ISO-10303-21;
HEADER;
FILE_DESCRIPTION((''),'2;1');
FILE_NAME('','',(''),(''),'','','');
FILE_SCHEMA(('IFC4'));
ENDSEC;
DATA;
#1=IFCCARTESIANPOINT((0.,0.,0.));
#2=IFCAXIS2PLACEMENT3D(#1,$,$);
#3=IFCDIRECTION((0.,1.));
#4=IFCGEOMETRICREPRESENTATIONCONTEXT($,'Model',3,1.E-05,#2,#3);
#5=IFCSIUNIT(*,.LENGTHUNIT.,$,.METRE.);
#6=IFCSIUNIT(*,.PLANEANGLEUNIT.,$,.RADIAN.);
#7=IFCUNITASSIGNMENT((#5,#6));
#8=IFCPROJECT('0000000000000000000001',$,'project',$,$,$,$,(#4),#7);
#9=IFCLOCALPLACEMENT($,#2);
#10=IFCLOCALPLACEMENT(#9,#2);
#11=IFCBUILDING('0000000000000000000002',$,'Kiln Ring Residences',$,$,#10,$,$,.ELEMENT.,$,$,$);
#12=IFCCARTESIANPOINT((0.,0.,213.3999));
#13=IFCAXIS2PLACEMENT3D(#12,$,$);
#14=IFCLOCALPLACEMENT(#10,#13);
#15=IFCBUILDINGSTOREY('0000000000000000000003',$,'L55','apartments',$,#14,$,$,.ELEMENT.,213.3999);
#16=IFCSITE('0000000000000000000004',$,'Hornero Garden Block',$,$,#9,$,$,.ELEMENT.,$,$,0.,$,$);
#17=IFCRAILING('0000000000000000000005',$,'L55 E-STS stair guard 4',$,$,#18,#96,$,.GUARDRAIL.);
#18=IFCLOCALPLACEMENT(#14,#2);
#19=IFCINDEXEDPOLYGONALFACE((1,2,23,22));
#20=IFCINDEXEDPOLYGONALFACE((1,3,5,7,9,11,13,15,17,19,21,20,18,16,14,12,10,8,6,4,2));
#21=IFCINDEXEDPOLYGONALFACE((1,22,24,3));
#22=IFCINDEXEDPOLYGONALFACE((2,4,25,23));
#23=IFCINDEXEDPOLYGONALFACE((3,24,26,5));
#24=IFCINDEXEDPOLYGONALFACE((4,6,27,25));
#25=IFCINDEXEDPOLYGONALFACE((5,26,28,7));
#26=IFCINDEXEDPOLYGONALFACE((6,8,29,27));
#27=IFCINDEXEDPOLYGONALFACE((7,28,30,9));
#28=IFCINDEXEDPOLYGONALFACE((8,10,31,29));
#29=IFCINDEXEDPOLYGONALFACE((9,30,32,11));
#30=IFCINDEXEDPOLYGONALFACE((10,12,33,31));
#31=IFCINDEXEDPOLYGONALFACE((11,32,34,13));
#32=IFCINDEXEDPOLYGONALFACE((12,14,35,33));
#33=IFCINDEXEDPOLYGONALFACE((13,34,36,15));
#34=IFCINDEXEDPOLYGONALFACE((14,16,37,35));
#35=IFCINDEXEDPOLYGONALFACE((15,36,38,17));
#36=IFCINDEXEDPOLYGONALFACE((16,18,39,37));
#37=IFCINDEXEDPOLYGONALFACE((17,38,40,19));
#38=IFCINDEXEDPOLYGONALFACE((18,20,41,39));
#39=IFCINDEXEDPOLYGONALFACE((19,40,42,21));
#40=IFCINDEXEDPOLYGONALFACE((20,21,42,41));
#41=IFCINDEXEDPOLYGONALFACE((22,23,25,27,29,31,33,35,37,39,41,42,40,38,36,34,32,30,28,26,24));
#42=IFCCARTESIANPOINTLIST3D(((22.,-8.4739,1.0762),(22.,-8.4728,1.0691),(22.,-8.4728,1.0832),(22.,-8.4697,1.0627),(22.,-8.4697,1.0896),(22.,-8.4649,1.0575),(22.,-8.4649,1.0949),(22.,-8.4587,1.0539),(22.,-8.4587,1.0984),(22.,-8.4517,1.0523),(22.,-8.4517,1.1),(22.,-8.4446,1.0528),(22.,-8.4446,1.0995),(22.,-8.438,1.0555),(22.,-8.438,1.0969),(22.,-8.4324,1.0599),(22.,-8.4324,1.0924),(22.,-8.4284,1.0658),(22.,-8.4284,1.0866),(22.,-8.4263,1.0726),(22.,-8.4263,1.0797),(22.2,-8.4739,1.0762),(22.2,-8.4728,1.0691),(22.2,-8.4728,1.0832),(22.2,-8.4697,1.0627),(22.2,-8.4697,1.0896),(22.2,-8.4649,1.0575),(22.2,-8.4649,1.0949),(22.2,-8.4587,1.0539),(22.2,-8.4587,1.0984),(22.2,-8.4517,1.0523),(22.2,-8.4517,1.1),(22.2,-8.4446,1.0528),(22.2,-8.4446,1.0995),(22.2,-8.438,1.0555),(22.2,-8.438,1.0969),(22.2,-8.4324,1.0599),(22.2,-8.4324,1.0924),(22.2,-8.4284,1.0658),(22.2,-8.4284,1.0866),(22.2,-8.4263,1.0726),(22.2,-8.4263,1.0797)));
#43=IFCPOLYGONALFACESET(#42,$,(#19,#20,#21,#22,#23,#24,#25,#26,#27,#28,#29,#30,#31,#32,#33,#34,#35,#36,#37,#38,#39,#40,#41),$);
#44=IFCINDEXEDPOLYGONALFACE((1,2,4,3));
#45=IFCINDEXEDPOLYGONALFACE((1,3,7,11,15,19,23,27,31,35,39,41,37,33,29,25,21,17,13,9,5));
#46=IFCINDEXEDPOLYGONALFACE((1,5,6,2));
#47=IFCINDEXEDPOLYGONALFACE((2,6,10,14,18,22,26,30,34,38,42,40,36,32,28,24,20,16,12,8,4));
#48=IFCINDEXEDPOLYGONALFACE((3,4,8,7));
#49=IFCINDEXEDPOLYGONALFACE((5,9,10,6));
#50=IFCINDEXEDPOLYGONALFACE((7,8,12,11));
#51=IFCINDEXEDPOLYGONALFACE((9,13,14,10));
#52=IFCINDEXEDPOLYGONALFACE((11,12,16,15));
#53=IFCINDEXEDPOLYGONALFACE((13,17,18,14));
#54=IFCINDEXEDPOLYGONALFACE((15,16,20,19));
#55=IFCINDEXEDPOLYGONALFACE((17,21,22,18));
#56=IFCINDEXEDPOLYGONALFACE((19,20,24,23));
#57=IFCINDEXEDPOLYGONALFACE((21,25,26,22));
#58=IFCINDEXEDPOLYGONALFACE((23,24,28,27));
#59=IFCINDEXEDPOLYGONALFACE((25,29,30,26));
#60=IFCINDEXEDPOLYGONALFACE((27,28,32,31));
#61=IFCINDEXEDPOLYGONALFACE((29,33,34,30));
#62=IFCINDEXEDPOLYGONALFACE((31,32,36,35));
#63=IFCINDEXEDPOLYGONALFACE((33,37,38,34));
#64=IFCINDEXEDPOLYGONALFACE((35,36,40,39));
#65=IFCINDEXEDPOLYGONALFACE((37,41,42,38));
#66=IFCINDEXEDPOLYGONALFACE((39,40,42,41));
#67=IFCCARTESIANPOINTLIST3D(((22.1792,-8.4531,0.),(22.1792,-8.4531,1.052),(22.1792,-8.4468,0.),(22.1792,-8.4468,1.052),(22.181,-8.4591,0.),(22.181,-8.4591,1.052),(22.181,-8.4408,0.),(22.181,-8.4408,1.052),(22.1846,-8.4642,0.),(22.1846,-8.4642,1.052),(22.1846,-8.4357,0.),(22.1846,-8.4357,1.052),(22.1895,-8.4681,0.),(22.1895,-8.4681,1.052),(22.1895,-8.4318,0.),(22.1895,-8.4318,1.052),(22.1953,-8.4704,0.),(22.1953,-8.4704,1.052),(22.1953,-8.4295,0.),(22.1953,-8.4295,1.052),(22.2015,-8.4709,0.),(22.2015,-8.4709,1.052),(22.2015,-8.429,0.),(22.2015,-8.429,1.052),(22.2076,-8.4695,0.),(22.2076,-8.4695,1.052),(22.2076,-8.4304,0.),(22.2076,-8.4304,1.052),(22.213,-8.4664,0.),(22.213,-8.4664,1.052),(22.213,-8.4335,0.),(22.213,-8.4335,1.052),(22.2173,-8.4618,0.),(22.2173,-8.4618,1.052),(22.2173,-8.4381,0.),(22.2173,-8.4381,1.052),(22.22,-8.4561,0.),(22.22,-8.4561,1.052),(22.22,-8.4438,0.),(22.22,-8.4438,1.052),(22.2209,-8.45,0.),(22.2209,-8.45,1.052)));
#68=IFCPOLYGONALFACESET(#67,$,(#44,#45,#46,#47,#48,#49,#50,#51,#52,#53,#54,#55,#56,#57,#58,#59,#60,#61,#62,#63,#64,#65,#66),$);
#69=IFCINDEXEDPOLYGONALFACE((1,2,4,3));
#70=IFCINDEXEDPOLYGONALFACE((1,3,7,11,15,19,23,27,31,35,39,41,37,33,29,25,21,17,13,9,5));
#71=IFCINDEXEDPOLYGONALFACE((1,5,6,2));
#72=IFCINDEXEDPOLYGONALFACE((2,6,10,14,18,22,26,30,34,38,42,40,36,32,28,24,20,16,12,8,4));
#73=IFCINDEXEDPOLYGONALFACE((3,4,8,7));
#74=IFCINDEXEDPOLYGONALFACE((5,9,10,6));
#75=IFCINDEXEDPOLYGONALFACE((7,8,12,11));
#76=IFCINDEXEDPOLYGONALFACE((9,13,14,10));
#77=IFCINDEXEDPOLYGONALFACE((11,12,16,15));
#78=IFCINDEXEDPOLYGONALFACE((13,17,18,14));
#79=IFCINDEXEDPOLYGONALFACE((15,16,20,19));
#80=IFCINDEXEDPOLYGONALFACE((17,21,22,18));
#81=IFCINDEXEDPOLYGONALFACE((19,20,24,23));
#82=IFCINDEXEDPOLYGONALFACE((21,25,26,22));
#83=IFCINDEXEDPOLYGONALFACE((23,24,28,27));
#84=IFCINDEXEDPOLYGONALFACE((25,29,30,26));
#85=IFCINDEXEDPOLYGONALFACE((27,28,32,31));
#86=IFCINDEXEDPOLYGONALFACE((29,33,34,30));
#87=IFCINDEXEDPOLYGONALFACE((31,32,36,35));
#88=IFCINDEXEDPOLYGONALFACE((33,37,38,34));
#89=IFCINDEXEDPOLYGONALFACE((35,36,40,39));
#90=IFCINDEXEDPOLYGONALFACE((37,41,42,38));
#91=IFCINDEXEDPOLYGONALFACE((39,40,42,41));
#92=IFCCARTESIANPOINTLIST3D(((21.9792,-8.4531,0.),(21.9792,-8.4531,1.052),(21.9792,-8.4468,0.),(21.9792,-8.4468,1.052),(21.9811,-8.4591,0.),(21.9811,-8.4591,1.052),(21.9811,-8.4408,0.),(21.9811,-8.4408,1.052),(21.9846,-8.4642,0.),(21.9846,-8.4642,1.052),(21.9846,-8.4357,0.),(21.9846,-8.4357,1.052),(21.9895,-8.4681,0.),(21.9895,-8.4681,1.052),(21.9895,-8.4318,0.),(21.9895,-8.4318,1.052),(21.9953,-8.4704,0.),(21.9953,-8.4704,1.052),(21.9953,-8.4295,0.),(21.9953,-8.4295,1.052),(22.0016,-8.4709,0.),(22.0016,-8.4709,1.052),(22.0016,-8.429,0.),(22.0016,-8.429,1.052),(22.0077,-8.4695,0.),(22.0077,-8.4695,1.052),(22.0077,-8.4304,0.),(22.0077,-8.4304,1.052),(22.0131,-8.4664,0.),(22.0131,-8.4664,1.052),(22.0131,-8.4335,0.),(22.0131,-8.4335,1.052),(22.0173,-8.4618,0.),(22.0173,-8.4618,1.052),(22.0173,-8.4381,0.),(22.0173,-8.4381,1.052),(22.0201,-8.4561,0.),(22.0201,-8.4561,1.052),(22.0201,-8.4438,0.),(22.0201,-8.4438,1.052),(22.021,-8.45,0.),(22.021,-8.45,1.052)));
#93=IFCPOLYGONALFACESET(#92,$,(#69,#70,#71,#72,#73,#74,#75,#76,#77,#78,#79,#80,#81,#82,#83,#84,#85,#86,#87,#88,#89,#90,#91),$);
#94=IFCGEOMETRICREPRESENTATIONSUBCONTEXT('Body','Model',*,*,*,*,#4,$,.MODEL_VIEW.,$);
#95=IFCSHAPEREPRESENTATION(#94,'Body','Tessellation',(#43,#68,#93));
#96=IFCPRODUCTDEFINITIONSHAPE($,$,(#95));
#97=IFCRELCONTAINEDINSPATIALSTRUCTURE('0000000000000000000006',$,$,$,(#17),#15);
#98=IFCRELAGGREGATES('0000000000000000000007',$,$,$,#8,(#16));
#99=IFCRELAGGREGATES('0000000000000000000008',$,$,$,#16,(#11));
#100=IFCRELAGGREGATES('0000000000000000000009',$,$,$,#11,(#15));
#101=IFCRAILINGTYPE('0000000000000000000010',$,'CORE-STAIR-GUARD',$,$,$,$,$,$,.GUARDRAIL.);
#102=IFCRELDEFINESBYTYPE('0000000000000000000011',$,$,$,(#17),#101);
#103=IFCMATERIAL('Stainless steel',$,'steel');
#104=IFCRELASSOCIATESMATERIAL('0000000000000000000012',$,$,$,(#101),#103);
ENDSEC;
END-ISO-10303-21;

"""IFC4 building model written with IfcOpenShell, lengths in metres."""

from ifc_helpers import new_model, si_unit, direction, frame, origin, origin_2d, place, context, subcontext, project, spatial, circle, extrude, material, type_object, element, save


model = new_model("IFC4")

# Units and contexts
model_context = context("Model", 3, precision=1e-05, world=origin(), true_north=direction((0.0, 1.0)))
body_context = subcontext(model_context, "Body", "Model", "MODEL_VIEW")
ifc_project = project(units=[si_unit("LENGTHUNIT", "METRE"), si_unit("PLANEANGLEUNIT", "RADIAN")], contexts=[model_context])

# Site, building, storey
site_placement = place(None, origin())
site = spatial("IfcSite", under=ifc_project, at=site_placement, Name="Hornero Garden Block", CompositionType="ELEMENT", RefElevation=0.0)
building_placement = place(site_placement, origin())
building = spatial("IfcBuilding", under=site, at=building_placement, Name="Kiln Ring Residences", CompositionType="ELEMENT")
storey_placement = place(building_placement, frame((0.0, 0.0, 213.3999)))
storey = spatial("IfcBuildingStorey", under=building, at=storey_placement, Name="L55", Description="apartments", CompositionType="ELEMENT", Elevation=213.3999)

# Railing
ifc_material_1 = material(Name="Stainless steel", Category="steel")
railing_type_1 = type_object("IfcRailingType", Name="CORE-STAIR-GUARD", PredefinedType="GUARDRAIL", material=ifc_material_1)
railing_1_placement = place(storey_placement, frame((22.2, -8.45, 0.0)))
element("IfcRailing", 1, at=railing_1_placement, inside=storey, type_object=railing_type_1, Name="L55 E-STS stair guard 4", PredefinedType="GUARDRAIL", context=body_context, shape_type="SweptSolid", body=[
    extrude(circle(Radius=0.0239, at=origin_2d()), frame((0.0, 0.0, 1.0762), z_axis=(-1.0, 0.0, 0.0), x_axis=(0.0, -1.0, 0.0)), (0.0, 0.0, 1.0), 0.2),
    extrude(circle(Radius=0.021, at=origin_2d()), origin(), (0.0, 0.0, 1.0), 1.052),
    extrude(circle(Radius=0.021, at=origin_2d()), frame((-0.2, 0.0, 0.0)), (0.0, 0.0, 1.0), 1.052),
])

save(model, "model.ifc")
